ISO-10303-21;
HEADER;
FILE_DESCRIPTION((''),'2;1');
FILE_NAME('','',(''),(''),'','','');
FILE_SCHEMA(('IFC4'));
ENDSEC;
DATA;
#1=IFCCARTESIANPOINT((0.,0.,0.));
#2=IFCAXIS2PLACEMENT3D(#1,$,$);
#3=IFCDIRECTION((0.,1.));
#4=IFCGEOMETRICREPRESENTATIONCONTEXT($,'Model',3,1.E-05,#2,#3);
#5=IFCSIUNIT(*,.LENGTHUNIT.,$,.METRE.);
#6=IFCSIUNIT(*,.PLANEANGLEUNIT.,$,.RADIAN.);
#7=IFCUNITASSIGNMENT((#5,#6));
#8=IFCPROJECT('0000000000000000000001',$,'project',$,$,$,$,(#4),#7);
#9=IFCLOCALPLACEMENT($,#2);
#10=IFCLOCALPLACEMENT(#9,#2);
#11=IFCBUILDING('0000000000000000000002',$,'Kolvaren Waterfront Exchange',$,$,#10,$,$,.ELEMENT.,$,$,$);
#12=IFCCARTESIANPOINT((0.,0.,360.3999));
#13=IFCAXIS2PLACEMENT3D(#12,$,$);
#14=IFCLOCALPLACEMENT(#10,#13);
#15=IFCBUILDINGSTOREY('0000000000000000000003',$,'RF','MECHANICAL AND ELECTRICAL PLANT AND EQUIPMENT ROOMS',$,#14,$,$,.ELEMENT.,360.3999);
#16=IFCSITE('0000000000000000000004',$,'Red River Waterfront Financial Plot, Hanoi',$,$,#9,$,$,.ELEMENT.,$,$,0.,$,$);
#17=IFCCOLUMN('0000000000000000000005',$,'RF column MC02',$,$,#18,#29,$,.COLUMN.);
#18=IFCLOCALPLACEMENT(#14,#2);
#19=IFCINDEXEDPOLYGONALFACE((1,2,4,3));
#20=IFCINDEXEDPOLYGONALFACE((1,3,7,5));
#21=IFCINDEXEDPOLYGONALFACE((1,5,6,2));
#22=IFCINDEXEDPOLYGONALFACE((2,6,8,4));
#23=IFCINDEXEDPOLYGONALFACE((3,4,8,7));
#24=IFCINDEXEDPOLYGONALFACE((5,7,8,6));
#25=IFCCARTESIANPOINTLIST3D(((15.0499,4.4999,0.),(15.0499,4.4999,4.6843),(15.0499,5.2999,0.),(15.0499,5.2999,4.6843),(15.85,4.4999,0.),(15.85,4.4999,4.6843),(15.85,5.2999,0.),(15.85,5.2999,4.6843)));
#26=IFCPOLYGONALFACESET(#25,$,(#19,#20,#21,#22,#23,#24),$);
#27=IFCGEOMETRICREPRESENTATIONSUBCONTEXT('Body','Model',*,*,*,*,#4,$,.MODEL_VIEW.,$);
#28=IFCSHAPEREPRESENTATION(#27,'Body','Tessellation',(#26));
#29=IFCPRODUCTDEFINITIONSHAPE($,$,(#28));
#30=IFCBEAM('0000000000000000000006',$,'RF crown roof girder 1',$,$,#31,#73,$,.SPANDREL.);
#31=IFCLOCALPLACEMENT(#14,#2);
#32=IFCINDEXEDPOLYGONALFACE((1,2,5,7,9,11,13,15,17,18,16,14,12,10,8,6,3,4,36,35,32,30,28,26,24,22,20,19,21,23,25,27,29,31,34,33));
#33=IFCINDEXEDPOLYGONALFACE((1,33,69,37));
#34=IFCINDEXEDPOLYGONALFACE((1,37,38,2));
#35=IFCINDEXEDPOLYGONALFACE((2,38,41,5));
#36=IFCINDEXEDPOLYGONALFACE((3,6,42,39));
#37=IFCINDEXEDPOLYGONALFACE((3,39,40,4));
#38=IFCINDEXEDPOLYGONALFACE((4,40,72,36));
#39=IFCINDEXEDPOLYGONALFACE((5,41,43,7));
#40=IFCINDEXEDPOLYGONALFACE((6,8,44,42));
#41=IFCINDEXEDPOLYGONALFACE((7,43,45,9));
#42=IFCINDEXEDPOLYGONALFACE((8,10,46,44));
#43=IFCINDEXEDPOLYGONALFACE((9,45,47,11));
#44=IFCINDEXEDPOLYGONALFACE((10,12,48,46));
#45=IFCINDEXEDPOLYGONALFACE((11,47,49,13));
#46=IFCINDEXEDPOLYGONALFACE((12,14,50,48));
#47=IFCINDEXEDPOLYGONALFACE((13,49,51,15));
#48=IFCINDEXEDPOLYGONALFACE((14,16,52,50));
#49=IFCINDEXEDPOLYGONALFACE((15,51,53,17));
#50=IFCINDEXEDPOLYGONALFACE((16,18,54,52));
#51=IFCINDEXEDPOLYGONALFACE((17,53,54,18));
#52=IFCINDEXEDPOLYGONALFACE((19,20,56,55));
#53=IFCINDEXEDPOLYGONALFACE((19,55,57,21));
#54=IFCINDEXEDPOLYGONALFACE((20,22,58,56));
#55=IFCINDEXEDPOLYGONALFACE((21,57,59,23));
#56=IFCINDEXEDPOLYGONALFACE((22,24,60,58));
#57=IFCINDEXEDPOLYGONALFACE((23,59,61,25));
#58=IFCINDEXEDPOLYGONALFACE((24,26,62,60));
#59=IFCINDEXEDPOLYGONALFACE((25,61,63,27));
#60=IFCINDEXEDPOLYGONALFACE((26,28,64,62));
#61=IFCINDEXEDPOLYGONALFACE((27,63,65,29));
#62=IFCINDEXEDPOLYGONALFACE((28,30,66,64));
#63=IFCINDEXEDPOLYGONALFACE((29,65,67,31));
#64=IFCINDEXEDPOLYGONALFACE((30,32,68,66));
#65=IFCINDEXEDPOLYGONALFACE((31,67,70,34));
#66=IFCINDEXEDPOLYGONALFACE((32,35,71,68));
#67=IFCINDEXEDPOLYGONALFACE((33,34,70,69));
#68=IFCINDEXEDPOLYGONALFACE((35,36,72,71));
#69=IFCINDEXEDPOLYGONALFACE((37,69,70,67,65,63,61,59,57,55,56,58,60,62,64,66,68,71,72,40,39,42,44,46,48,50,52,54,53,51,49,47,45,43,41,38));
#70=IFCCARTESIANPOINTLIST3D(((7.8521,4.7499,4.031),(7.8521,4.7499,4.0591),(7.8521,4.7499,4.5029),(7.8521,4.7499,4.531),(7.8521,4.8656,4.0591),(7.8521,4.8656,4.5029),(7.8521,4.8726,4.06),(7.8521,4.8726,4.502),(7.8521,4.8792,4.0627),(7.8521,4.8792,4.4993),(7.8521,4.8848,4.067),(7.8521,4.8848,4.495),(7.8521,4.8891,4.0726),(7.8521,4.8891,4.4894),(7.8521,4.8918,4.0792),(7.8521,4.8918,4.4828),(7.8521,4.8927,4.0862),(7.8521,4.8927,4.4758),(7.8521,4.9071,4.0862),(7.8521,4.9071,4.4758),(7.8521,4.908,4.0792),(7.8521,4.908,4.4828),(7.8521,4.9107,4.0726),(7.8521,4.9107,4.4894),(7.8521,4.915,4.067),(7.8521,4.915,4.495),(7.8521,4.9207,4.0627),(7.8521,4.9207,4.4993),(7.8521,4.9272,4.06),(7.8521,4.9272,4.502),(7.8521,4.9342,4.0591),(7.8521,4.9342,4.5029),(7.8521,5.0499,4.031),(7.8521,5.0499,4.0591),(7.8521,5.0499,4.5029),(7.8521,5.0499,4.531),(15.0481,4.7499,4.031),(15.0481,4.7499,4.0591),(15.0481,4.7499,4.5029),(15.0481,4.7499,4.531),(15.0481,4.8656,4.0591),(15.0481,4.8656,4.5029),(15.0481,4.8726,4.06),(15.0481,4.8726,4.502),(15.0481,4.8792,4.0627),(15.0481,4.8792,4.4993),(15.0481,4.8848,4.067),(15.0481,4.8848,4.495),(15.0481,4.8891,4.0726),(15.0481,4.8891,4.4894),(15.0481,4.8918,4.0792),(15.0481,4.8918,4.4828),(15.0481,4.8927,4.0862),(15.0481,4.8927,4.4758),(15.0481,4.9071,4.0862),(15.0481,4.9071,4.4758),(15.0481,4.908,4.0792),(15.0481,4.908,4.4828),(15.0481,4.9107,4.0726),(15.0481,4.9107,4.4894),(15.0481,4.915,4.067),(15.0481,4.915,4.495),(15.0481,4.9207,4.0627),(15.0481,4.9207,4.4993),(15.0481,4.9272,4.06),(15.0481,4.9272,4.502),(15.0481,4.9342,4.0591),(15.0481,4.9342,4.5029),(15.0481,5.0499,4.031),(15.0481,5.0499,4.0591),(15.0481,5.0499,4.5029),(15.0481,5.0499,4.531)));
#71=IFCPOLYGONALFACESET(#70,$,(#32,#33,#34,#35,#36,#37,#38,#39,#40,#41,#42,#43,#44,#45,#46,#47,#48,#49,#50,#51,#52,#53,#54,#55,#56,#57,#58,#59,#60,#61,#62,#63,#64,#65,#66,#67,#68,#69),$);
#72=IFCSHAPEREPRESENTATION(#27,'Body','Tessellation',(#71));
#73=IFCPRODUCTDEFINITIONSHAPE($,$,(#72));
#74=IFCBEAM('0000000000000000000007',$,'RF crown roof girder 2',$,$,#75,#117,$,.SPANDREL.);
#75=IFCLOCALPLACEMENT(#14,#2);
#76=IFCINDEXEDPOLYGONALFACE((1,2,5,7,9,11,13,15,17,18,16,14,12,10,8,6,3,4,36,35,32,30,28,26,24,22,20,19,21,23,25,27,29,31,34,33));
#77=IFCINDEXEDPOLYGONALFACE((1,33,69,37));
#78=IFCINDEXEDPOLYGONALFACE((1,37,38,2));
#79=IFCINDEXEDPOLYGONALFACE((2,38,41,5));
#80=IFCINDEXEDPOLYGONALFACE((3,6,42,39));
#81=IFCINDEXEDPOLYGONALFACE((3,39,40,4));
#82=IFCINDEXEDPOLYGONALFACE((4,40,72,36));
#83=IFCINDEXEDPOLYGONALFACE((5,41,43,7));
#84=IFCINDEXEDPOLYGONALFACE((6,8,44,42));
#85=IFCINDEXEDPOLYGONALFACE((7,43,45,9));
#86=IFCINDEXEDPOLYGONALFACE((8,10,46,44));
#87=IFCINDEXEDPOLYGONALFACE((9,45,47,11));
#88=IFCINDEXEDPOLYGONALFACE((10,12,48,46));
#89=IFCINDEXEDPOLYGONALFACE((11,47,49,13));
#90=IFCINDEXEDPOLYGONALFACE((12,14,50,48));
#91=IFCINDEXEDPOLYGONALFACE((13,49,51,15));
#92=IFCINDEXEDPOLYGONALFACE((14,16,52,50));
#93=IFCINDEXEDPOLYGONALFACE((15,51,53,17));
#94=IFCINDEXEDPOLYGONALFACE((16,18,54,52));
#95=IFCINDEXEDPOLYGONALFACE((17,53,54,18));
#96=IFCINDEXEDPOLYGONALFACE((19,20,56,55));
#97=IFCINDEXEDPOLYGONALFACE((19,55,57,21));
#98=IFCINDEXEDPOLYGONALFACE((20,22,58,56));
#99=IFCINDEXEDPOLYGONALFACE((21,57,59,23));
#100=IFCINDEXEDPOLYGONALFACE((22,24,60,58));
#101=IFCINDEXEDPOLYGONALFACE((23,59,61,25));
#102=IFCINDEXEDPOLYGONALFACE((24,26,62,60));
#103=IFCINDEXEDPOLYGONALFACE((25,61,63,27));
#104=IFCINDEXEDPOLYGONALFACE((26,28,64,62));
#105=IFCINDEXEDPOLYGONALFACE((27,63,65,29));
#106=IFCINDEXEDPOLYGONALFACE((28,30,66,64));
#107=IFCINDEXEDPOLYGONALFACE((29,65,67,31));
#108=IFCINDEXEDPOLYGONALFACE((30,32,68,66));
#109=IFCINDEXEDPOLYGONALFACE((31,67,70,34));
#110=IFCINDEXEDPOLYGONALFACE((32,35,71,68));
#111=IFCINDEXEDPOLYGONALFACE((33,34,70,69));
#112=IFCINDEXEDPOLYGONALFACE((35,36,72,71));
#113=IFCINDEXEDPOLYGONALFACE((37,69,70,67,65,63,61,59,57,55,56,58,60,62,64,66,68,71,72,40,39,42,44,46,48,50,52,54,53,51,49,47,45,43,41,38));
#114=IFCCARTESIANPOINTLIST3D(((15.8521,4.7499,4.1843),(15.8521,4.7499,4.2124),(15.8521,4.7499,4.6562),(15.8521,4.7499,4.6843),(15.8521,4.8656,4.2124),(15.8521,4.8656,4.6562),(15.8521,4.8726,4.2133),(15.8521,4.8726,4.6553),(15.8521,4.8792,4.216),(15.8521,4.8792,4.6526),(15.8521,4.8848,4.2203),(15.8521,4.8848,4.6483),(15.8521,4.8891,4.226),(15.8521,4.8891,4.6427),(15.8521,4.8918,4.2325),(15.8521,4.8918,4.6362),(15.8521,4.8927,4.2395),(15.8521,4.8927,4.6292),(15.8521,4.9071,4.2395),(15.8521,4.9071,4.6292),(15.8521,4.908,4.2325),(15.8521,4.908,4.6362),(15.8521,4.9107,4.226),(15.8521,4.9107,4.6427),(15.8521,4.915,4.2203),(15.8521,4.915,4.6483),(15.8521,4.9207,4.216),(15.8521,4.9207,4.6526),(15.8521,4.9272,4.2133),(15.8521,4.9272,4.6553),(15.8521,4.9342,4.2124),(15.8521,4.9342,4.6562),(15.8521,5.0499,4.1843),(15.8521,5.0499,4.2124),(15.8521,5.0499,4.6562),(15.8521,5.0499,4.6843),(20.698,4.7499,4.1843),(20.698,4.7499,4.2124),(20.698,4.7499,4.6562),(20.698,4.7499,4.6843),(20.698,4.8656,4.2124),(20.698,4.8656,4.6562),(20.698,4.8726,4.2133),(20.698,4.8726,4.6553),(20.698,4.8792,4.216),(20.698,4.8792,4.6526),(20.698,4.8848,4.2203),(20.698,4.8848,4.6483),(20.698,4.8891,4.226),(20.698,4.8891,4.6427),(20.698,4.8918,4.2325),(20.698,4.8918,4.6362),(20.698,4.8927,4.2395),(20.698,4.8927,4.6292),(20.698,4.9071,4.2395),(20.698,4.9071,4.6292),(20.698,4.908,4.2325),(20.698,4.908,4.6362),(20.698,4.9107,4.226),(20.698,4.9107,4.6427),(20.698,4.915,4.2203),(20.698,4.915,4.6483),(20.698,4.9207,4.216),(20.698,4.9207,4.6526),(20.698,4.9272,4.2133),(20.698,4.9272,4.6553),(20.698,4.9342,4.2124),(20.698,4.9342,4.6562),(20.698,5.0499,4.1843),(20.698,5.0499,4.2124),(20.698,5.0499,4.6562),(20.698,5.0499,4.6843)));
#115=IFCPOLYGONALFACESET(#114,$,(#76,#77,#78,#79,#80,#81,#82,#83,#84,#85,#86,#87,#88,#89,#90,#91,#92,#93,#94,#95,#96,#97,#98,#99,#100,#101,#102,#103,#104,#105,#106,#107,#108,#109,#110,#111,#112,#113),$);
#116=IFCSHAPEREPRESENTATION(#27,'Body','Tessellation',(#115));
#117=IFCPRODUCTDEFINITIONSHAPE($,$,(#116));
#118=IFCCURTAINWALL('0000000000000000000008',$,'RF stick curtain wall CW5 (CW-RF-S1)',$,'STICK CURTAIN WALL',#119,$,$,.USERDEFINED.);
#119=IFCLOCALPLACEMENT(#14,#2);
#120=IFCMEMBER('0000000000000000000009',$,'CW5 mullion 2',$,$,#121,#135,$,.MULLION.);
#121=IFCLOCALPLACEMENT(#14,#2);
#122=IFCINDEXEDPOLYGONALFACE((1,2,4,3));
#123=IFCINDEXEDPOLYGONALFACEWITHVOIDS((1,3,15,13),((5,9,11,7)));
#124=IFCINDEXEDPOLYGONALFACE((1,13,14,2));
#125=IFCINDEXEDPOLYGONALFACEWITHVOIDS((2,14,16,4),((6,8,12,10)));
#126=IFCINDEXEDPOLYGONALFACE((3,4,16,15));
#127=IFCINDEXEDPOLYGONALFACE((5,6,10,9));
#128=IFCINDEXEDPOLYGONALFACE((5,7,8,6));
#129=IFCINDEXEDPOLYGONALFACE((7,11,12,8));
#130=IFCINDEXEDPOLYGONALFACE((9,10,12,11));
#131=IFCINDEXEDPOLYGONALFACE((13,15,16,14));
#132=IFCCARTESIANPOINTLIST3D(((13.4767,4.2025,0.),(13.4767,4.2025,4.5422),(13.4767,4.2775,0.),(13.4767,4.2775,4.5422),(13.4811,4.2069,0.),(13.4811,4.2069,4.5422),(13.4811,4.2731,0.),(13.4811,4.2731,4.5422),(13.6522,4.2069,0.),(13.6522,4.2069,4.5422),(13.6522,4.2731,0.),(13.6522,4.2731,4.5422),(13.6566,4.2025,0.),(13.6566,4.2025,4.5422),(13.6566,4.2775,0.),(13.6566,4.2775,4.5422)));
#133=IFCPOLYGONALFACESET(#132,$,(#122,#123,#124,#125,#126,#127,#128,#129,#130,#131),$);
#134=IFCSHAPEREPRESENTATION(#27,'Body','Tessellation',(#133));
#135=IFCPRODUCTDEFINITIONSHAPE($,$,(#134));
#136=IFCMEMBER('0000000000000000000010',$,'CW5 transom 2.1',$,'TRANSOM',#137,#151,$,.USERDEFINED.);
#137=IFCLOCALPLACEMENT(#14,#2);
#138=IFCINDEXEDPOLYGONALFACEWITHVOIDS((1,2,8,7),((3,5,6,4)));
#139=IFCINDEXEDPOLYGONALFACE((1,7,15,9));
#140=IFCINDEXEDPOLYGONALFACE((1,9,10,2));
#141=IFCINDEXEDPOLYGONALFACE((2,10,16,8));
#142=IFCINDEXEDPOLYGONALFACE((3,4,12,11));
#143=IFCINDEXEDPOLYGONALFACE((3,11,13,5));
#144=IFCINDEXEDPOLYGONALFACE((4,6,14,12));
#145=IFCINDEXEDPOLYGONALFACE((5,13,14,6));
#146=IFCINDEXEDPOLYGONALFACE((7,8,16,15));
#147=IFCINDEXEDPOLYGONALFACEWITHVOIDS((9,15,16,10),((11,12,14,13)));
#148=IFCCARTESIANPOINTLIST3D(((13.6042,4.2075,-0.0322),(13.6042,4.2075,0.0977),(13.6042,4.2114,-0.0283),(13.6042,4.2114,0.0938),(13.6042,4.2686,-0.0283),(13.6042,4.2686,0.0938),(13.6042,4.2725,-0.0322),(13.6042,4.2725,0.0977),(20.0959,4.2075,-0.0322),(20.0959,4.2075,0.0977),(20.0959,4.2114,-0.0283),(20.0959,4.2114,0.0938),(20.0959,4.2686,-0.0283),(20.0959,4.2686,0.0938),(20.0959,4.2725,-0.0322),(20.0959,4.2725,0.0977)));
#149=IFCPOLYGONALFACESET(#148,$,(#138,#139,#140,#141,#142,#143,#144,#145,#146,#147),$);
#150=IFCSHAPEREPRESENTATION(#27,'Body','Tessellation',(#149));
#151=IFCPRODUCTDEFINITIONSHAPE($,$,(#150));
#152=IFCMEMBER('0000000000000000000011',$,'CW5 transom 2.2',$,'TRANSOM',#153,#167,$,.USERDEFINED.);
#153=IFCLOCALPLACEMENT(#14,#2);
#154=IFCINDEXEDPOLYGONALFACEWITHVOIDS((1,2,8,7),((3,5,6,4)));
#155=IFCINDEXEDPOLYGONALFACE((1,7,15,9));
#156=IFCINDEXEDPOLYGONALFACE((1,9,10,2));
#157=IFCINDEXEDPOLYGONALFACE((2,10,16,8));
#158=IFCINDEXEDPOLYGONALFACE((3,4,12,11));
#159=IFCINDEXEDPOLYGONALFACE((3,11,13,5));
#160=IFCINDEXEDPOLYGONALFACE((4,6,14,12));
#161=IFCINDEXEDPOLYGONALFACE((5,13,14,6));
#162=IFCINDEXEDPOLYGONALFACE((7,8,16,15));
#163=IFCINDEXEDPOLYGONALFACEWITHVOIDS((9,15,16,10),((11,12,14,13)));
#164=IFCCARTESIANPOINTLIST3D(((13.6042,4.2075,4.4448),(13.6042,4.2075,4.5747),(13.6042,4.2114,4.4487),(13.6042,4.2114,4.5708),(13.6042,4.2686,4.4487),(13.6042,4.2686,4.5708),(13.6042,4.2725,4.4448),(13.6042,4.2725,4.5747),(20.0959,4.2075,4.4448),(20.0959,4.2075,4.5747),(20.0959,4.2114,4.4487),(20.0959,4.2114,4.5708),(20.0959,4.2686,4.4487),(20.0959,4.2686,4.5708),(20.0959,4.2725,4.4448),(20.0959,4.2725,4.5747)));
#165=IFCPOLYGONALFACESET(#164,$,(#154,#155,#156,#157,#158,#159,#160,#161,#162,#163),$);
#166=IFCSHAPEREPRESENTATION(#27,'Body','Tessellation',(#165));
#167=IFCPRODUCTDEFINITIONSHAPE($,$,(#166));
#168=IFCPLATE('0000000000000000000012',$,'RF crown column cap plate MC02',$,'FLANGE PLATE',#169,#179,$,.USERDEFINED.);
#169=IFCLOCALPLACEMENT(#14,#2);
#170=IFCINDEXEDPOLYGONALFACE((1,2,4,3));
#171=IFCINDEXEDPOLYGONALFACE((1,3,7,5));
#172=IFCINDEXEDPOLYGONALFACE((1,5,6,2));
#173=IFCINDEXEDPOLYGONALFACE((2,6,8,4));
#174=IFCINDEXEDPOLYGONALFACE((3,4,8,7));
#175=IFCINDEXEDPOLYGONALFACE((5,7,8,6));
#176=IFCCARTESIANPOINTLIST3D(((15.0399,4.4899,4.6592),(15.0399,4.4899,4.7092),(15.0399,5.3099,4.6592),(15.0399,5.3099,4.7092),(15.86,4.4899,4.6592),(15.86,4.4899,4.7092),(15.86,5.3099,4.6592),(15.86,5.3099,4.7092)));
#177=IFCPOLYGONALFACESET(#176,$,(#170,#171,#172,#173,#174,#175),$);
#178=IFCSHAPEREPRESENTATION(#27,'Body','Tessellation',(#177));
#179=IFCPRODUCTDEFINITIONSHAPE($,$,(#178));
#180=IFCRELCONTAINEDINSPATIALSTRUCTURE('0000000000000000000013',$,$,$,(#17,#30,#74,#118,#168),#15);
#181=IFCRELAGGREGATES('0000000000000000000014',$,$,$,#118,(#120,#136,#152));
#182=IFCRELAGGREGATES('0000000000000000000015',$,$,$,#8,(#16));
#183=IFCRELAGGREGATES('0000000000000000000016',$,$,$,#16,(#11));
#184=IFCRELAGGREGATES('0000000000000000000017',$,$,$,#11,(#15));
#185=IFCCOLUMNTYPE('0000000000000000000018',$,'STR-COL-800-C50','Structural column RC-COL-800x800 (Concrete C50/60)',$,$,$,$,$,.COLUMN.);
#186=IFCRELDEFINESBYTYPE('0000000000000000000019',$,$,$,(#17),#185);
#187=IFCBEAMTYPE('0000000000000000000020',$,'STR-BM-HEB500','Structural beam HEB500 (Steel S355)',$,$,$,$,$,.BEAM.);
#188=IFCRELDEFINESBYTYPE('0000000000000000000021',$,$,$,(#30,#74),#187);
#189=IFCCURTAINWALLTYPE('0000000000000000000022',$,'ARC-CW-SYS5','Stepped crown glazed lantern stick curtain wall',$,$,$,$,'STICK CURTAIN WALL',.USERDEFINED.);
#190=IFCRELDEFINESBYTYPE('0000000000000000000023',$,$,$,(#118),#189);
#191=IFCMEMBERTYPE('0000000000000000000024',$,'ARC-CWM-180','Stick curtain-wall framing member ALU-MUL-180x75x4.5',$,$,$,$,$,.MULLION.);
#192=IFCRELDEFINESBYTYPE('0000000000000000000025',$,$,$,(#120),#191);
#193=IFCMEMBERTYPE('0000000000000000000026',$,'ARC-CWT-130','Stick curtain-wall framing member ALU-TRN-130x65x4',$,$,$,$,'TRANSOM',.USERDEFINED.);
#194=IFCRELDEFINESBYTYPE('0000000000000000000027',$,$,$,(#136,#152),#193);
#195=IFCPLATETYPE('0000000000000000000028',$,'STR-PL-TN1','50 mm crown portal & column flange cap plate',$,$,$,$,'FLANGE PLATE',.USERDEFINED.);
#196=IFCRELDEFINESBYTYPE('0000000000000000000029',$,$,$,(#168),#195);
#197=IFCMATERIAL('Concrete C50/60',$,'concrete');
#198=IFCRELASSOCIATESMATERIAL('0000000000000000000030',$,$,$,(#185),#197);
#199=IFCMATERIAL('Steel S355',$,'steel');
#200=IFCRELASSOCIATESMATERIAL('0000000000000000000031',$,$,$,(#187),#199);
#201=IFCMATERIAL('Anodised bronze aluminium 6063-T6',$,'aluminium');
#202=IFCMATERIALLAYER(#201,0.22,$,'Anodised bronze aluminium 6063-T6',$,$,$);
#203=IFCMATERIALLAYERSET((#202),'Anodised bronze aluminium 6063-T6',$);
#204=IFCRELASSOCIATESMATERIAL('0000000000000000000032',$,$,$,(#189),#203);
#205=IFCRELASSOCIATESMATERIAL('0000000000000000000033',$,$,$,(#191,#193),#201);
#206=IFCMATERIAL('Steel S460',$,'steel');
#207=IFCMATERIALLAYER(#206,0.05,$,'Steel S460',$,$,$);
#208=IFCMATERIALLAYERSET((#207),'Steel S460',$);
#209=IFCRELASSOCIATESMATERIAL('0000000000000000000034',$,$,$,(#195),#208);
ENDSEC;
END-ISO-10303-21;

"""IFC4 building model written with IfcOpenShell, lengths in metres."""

from ifc_helpers import new_model, si_unit, direction, frame, origin, origin_with_axes, origin_2d, place, context, subcontext, project, spatial, rectangle, hollow_rectangle, i_section, extrude, source, transform, mapped, material, layer, layer_set, material_profile, profile_set, type_object, element, aggregate, save


model = new_model("IFC4")

# Units and contexts
model_context = context("Model", 3, precision=1e-05, world=origin(), true_north=direction((0.0, 1.0)))
body_context = subcontext(model_context, "Body", "Model", "MODEL_VIEW")
ifc_project = project(units=[si_unit("LENGTHUNIT", "METRE"), si_unit("PLANEANGLEUNIT", "RADIAN")], contexts=[model_context])

# Site, building, storey
site_placement = place(None, origin())
site = spatial("IfcSite", under=ifc_project, at=site_placement, Name="Red River Waterfront Financial Plot, Hanoi", CompositionType="ELEMENT", RefElevation=0.0)
building_placement = place(site_placement, origin())
building = spatial("IfcBuilding", under=site, at=building_placement, Name="Kolvaren Waterfront Exchange", CompositionType="ELEMENT")
storey_placement = place(building_placement, frame((0.0, 0.0, 360.3999)))
storey = spatial("IfcBuildingStorey", under=building, at=storey_placement, Name="RF", Description="MECHANICAL AND ELECTRICAL PLANT AND EQUIPMENT ROOMS", CompositionType="ELEMENT", Elevation=360.3999)

# Column
ifc_material_1 = material(Name="Concrete C50/60", Category="concrete")
ifc_material_profile_1 = material_profile(ifc_material_1, rectangle(XDim=0.8, YDim=0.8, at=origin_2d()), Name="RC-COL-800x800")
ifc_profile_set_1 = profile_set([ifc_material_profile_1], Name="Concrete C50/60")
column_type = type_object("IfcColumnType", Name="STR-COL-800-C50", Description="Structural column RC-COL-800x800 (Concrete C50/60)", PredefinedType="COLUMN", material=ifc_profile_set_1)
column_placement = place(storey_placement, frame((15.45, 4.8999, 0.0), z_axis=(0.0, 0.0, 1.0), x_axis=(1.0, 0.0, 0.0)))
element("IfcColumn", 1, at=column_placement, inside=storey, type_object=column_type, Name="RF column MC02", PredefinedType="COLUMN", context=body_context, shape_type="SweptSolid", body=[
    extrude(rectangle(XDim=0.8, YDim=0.8, at=origin_2d()), origin(), (0.0, 0.0, 1.0), 4.6843),
])

# Beams
ifc_material_2 = material(Name="Steel S355", Category="steel")
ifc_material_profile_2 = material_profile(ifc_material_2, i_section(OverallWidth=0.3, OverallDepth=0.5, WebThickness=0.0144, FlangeThickness=0.0281, FilletRadius=0.0271, at=origin_2d()), Name="HEB500")
ifc_profile_set_2 = profile_set([ifc_material_profile_2], Name="Steel S355")
beam_type = type_object("IfcBeamType", Name="STR-BM-HEB500", Description="Structural beam HEB500 (Steel S355)", PredefinedType="BEAM", material=ifc_profile_set_2)
beam_1_placement = place(storey_placement, frame((7.8521, 4.8999, 4.281), z_axis=(1.0, 0.0, 0.0), x_axis=(0.0, 1.0, 0.0)))
element("IfcBeam", 2, at=beam_1_placement, inside=storey, type_object=beam_type, Name="RF crown roof girder 1", PredefinedType="SPANDREL", context=body_context, shape_type="SweptSolid", body=[
    extrude(i_section(OverallWidth=0.3, OverallDepth=0.5, WebThickness=0.0144, FlangeThickness=0.0281, FilletRadius=0.0271, at=origin_2d()), origin(), (0.0, 0.0, 1.0), 7.196),
])
beam_2_placement = place(storey_placement, frame((15.8521, 4.8999, 4.4343), z_axis=(1.0, 0.0, 0.0), x_axis=(0.0, 1.0, 0.0)))
element("IfcBeam", 3, at=beam_2_placement, inside=storey, type_object=beam_type, Name="RF crown roof girder 2", PredefinedType="SPANDREL", context=body_context, shape_type="SweptSolid", body=[
    extrude(i_section(OverallWidth=0.3, OverallDepth=0.5, WebThickness=0.0144, FlangeThickness=0.0281, FilletRadius=0.0271, at=origin_2d()), origin(), (0.0, 0.0, 1.0), 4.8459),
])

# Curtain wall, members
ifc_material_3 = material(Name="Anodised bronze aluminium 6063-T6", Category="aluminium")
ifc_layer_1 = layer(ifc_material_3, 0.22, Name="Anodised bronze aluminium 6063-T6")
ifc_layer_set_1 = layer_set([ifc_layer_1], Name="Anodised bronze aluminium 6063-T6")
curtain_wall_type = type_object("IfcCurtainWallType", Name="ARC-CW-SYS5", Description="Stepped crown glazed lantern stick curtain wall", ElementType="STICK CURTAIN WALL", PredefinedType="USERDEFINED", material=ifc_layer_set_1)
curtain_wall_placement = place(storey_placement, origin())
curtain_wall = element("IfcCurtainWall", 4, at=curtain_wall_placement, inside=storey, type_object=curtain_wall_type, Name="RF stick curtain wall CW5 (CW-RF-S1)", ObjectType="STICK CURTAIN WALL", PredefinedType="USERDEFINED")
ifc_material_profile_3 = material_profile(ifc_material_3, hollow_rectangle(XDim=0.075, YDim=0.1799, WallThickness=0.0044, at=origin_2d()), Name="ALU-MUL-180x75x4.5")
ifc_profile_set_3 = profile_set([ifc_material_profile_3], Name="Anodised bronze aluminium 6063-T6")
member_type_1 = type_object("IfcMemberType", Name="ARC-CWM-180", Description="Stick curtain-wall framing member ALU-MUL-180x75x4.5", PredefinedType="MULLION", material=ifc_profile_set_3)
shared_shape_1 = source(origin_with_axes(), body_context, "Body", "SweptSolid", [
    extrude(hollow_rectangle(XDim=0.075, YDim=0.1799, WallThickness=0.0044, at=origin_2d()), origin(), (0.0, 0.0, 1.0), 4.5422),
])
member_1_placement = place(storey_placement, frame((13.5667, 4.24, 0.0), z_axis=(0.0, 0.0, 1.0), x_axis=(0.0, 1.0, 0.0)))
member_1 = element("IfcMember", 5, at=member_1_placement, type_object=member_type_1, Name="CW5 mullion 2", PredefinedType="MULLION", context=body_context, shape_type="MappedRepresentation", body=[
    mapped(shared_shape_1, transform((0.0, 0.0, 0.0), x_axis=(1.0, 0.0, 0.0), y_axis=(0.0, 1.0, 0.0), z_axis=(0.0, 0.0, 1.0), scale=1.0)),
])
ifc_material_profile_4 = material_profile(ifc_material_3, hollow_rectangle(XDim=0.0649, YDim=0.1299, WallThickness=0.0039, at=origin_2d()), Name="ALU-TRN-130x65x4")
ifc_profile_set_4 = profile_set([ifc_material_profile_4], Name="Anodised bronze aluminium 6063-T6")
member_type_2 = type_object("IfcMemberType", Name="ARC-CWT-130", Description="Stick curtain-wall framing member ALU-TRN-130x65x4", ElementType="TRANSOM", PredefinedType="USERDEFINED", material=ifc_profile_set_4)
shared_shape_2 = source(origin_with_axes(), body_context, "Body", "SweptSolid", [
    extrude(hollow_rectangle(XDim=0.0649, YDim=0.1299, WallThickness=0.0039, at=origin_2d()), origin(), (0.0, 0.0, 1.0), 6.4917),
])
member_2_placement = place(storey_placement, frame((13.6042, 4.24, 0.0327), z_axis=(1.0, 0.0, 0.0), x_axis=(0.0, 1.0, 0.0)))
member_2 = element("IfcMember", 6, at=member_2_placement, type_object=member_type_2, Name="CW5 transom 2.1", ObjectType="TRANSOM", PredefinedType="USERDEFINED", context=body_context, shape_type="MappedRepresentation", body=[
    mapped(shared_shape_2, transform((0.0, 0.0, 0.0), x_axis=(1.0, 0.0, 0.0), y_axis=(0.0, 1.0, 0.0), z_axis=(0.0, 0.0, 1.0), scale=1.0)),
])
member_3_placement = place(storey_placement, frame((13.6042, 4.24, 4.5098), z_axis=(1.0, 0.0, 0.0), x_axis=(0.0, 1.0, 0.0)))
member_3 = element("IfcMember", 7, at=member_3_placement, type_object=member_type_2, Name="CW5 transom 2.2", ObjectType="TRANSOM", PredefinedType="USERDEFINED", context=body_context, shape_type="MappedRepresentation", body=[
    mapped(shared_shape_2, transform((0.0, 0.0, 0.0), x_axis=(1.0, 0.0, 0.0), y_axis=(0.0, 1.0, 0.0), z_axis=(0.0, 0.0, 1.0), scale=1.0)),
])

# Plate
ifc_material_4 = material(Name="Steel S460", Category="steel")
ifc_layer_2 = layer(ifc_material_4, 0.05, Name="Steel S460")
ifc_layer_set_2 = layer_set([ifc_layer_2], Name="Steel S460")
plate_type_1 = type_object("IfcPlateType", Name="STR-PL-TN1", Description="50 mm crown portal & column flange cap plate", ElementType="FLANGE PLATE", PredefinedType="USERDEFINED", material=ifc_layer_set_2)
shared_shape_3 = source(origin_with_axes(), body_context, "Body", "SweptSolid", [
    extrude(rectangle(XDim=0.8201, YDim=0.8201, at=origin_2d()), origin(), (0.0, 0.0, 1.0), 0.05),
])
plate_1_placement = place(storey_placement, frame((15.45, 4.8999, 4.6592), z_axis=(0.0, 0.0, 1.0), x_axis=(1.0, 0.0, 0.0)))
element("IfcPlate", 8, at=plate_1_placement, inside=storey, type_object=plate_type_1, Name="RF crown column cap plate MC02", ObjectType="FLANGE PLATE", PredefinedType="USERDEFINED", context=body_context, shape_type="MappedRepresentation", body=[
    mapped(shared_shape_3, transform((0.0, 0.0, 0.0), x_axis=(1.0, 0.0, 0.0), y_axis=(0.0, 1.0, 0.0), z_axis=(0.0, 0.0, 1.0), scale=1.0)),
])
aggregate(curtain_wall, [member_1, member_2, member_3])

save(model, "model.ifc")
